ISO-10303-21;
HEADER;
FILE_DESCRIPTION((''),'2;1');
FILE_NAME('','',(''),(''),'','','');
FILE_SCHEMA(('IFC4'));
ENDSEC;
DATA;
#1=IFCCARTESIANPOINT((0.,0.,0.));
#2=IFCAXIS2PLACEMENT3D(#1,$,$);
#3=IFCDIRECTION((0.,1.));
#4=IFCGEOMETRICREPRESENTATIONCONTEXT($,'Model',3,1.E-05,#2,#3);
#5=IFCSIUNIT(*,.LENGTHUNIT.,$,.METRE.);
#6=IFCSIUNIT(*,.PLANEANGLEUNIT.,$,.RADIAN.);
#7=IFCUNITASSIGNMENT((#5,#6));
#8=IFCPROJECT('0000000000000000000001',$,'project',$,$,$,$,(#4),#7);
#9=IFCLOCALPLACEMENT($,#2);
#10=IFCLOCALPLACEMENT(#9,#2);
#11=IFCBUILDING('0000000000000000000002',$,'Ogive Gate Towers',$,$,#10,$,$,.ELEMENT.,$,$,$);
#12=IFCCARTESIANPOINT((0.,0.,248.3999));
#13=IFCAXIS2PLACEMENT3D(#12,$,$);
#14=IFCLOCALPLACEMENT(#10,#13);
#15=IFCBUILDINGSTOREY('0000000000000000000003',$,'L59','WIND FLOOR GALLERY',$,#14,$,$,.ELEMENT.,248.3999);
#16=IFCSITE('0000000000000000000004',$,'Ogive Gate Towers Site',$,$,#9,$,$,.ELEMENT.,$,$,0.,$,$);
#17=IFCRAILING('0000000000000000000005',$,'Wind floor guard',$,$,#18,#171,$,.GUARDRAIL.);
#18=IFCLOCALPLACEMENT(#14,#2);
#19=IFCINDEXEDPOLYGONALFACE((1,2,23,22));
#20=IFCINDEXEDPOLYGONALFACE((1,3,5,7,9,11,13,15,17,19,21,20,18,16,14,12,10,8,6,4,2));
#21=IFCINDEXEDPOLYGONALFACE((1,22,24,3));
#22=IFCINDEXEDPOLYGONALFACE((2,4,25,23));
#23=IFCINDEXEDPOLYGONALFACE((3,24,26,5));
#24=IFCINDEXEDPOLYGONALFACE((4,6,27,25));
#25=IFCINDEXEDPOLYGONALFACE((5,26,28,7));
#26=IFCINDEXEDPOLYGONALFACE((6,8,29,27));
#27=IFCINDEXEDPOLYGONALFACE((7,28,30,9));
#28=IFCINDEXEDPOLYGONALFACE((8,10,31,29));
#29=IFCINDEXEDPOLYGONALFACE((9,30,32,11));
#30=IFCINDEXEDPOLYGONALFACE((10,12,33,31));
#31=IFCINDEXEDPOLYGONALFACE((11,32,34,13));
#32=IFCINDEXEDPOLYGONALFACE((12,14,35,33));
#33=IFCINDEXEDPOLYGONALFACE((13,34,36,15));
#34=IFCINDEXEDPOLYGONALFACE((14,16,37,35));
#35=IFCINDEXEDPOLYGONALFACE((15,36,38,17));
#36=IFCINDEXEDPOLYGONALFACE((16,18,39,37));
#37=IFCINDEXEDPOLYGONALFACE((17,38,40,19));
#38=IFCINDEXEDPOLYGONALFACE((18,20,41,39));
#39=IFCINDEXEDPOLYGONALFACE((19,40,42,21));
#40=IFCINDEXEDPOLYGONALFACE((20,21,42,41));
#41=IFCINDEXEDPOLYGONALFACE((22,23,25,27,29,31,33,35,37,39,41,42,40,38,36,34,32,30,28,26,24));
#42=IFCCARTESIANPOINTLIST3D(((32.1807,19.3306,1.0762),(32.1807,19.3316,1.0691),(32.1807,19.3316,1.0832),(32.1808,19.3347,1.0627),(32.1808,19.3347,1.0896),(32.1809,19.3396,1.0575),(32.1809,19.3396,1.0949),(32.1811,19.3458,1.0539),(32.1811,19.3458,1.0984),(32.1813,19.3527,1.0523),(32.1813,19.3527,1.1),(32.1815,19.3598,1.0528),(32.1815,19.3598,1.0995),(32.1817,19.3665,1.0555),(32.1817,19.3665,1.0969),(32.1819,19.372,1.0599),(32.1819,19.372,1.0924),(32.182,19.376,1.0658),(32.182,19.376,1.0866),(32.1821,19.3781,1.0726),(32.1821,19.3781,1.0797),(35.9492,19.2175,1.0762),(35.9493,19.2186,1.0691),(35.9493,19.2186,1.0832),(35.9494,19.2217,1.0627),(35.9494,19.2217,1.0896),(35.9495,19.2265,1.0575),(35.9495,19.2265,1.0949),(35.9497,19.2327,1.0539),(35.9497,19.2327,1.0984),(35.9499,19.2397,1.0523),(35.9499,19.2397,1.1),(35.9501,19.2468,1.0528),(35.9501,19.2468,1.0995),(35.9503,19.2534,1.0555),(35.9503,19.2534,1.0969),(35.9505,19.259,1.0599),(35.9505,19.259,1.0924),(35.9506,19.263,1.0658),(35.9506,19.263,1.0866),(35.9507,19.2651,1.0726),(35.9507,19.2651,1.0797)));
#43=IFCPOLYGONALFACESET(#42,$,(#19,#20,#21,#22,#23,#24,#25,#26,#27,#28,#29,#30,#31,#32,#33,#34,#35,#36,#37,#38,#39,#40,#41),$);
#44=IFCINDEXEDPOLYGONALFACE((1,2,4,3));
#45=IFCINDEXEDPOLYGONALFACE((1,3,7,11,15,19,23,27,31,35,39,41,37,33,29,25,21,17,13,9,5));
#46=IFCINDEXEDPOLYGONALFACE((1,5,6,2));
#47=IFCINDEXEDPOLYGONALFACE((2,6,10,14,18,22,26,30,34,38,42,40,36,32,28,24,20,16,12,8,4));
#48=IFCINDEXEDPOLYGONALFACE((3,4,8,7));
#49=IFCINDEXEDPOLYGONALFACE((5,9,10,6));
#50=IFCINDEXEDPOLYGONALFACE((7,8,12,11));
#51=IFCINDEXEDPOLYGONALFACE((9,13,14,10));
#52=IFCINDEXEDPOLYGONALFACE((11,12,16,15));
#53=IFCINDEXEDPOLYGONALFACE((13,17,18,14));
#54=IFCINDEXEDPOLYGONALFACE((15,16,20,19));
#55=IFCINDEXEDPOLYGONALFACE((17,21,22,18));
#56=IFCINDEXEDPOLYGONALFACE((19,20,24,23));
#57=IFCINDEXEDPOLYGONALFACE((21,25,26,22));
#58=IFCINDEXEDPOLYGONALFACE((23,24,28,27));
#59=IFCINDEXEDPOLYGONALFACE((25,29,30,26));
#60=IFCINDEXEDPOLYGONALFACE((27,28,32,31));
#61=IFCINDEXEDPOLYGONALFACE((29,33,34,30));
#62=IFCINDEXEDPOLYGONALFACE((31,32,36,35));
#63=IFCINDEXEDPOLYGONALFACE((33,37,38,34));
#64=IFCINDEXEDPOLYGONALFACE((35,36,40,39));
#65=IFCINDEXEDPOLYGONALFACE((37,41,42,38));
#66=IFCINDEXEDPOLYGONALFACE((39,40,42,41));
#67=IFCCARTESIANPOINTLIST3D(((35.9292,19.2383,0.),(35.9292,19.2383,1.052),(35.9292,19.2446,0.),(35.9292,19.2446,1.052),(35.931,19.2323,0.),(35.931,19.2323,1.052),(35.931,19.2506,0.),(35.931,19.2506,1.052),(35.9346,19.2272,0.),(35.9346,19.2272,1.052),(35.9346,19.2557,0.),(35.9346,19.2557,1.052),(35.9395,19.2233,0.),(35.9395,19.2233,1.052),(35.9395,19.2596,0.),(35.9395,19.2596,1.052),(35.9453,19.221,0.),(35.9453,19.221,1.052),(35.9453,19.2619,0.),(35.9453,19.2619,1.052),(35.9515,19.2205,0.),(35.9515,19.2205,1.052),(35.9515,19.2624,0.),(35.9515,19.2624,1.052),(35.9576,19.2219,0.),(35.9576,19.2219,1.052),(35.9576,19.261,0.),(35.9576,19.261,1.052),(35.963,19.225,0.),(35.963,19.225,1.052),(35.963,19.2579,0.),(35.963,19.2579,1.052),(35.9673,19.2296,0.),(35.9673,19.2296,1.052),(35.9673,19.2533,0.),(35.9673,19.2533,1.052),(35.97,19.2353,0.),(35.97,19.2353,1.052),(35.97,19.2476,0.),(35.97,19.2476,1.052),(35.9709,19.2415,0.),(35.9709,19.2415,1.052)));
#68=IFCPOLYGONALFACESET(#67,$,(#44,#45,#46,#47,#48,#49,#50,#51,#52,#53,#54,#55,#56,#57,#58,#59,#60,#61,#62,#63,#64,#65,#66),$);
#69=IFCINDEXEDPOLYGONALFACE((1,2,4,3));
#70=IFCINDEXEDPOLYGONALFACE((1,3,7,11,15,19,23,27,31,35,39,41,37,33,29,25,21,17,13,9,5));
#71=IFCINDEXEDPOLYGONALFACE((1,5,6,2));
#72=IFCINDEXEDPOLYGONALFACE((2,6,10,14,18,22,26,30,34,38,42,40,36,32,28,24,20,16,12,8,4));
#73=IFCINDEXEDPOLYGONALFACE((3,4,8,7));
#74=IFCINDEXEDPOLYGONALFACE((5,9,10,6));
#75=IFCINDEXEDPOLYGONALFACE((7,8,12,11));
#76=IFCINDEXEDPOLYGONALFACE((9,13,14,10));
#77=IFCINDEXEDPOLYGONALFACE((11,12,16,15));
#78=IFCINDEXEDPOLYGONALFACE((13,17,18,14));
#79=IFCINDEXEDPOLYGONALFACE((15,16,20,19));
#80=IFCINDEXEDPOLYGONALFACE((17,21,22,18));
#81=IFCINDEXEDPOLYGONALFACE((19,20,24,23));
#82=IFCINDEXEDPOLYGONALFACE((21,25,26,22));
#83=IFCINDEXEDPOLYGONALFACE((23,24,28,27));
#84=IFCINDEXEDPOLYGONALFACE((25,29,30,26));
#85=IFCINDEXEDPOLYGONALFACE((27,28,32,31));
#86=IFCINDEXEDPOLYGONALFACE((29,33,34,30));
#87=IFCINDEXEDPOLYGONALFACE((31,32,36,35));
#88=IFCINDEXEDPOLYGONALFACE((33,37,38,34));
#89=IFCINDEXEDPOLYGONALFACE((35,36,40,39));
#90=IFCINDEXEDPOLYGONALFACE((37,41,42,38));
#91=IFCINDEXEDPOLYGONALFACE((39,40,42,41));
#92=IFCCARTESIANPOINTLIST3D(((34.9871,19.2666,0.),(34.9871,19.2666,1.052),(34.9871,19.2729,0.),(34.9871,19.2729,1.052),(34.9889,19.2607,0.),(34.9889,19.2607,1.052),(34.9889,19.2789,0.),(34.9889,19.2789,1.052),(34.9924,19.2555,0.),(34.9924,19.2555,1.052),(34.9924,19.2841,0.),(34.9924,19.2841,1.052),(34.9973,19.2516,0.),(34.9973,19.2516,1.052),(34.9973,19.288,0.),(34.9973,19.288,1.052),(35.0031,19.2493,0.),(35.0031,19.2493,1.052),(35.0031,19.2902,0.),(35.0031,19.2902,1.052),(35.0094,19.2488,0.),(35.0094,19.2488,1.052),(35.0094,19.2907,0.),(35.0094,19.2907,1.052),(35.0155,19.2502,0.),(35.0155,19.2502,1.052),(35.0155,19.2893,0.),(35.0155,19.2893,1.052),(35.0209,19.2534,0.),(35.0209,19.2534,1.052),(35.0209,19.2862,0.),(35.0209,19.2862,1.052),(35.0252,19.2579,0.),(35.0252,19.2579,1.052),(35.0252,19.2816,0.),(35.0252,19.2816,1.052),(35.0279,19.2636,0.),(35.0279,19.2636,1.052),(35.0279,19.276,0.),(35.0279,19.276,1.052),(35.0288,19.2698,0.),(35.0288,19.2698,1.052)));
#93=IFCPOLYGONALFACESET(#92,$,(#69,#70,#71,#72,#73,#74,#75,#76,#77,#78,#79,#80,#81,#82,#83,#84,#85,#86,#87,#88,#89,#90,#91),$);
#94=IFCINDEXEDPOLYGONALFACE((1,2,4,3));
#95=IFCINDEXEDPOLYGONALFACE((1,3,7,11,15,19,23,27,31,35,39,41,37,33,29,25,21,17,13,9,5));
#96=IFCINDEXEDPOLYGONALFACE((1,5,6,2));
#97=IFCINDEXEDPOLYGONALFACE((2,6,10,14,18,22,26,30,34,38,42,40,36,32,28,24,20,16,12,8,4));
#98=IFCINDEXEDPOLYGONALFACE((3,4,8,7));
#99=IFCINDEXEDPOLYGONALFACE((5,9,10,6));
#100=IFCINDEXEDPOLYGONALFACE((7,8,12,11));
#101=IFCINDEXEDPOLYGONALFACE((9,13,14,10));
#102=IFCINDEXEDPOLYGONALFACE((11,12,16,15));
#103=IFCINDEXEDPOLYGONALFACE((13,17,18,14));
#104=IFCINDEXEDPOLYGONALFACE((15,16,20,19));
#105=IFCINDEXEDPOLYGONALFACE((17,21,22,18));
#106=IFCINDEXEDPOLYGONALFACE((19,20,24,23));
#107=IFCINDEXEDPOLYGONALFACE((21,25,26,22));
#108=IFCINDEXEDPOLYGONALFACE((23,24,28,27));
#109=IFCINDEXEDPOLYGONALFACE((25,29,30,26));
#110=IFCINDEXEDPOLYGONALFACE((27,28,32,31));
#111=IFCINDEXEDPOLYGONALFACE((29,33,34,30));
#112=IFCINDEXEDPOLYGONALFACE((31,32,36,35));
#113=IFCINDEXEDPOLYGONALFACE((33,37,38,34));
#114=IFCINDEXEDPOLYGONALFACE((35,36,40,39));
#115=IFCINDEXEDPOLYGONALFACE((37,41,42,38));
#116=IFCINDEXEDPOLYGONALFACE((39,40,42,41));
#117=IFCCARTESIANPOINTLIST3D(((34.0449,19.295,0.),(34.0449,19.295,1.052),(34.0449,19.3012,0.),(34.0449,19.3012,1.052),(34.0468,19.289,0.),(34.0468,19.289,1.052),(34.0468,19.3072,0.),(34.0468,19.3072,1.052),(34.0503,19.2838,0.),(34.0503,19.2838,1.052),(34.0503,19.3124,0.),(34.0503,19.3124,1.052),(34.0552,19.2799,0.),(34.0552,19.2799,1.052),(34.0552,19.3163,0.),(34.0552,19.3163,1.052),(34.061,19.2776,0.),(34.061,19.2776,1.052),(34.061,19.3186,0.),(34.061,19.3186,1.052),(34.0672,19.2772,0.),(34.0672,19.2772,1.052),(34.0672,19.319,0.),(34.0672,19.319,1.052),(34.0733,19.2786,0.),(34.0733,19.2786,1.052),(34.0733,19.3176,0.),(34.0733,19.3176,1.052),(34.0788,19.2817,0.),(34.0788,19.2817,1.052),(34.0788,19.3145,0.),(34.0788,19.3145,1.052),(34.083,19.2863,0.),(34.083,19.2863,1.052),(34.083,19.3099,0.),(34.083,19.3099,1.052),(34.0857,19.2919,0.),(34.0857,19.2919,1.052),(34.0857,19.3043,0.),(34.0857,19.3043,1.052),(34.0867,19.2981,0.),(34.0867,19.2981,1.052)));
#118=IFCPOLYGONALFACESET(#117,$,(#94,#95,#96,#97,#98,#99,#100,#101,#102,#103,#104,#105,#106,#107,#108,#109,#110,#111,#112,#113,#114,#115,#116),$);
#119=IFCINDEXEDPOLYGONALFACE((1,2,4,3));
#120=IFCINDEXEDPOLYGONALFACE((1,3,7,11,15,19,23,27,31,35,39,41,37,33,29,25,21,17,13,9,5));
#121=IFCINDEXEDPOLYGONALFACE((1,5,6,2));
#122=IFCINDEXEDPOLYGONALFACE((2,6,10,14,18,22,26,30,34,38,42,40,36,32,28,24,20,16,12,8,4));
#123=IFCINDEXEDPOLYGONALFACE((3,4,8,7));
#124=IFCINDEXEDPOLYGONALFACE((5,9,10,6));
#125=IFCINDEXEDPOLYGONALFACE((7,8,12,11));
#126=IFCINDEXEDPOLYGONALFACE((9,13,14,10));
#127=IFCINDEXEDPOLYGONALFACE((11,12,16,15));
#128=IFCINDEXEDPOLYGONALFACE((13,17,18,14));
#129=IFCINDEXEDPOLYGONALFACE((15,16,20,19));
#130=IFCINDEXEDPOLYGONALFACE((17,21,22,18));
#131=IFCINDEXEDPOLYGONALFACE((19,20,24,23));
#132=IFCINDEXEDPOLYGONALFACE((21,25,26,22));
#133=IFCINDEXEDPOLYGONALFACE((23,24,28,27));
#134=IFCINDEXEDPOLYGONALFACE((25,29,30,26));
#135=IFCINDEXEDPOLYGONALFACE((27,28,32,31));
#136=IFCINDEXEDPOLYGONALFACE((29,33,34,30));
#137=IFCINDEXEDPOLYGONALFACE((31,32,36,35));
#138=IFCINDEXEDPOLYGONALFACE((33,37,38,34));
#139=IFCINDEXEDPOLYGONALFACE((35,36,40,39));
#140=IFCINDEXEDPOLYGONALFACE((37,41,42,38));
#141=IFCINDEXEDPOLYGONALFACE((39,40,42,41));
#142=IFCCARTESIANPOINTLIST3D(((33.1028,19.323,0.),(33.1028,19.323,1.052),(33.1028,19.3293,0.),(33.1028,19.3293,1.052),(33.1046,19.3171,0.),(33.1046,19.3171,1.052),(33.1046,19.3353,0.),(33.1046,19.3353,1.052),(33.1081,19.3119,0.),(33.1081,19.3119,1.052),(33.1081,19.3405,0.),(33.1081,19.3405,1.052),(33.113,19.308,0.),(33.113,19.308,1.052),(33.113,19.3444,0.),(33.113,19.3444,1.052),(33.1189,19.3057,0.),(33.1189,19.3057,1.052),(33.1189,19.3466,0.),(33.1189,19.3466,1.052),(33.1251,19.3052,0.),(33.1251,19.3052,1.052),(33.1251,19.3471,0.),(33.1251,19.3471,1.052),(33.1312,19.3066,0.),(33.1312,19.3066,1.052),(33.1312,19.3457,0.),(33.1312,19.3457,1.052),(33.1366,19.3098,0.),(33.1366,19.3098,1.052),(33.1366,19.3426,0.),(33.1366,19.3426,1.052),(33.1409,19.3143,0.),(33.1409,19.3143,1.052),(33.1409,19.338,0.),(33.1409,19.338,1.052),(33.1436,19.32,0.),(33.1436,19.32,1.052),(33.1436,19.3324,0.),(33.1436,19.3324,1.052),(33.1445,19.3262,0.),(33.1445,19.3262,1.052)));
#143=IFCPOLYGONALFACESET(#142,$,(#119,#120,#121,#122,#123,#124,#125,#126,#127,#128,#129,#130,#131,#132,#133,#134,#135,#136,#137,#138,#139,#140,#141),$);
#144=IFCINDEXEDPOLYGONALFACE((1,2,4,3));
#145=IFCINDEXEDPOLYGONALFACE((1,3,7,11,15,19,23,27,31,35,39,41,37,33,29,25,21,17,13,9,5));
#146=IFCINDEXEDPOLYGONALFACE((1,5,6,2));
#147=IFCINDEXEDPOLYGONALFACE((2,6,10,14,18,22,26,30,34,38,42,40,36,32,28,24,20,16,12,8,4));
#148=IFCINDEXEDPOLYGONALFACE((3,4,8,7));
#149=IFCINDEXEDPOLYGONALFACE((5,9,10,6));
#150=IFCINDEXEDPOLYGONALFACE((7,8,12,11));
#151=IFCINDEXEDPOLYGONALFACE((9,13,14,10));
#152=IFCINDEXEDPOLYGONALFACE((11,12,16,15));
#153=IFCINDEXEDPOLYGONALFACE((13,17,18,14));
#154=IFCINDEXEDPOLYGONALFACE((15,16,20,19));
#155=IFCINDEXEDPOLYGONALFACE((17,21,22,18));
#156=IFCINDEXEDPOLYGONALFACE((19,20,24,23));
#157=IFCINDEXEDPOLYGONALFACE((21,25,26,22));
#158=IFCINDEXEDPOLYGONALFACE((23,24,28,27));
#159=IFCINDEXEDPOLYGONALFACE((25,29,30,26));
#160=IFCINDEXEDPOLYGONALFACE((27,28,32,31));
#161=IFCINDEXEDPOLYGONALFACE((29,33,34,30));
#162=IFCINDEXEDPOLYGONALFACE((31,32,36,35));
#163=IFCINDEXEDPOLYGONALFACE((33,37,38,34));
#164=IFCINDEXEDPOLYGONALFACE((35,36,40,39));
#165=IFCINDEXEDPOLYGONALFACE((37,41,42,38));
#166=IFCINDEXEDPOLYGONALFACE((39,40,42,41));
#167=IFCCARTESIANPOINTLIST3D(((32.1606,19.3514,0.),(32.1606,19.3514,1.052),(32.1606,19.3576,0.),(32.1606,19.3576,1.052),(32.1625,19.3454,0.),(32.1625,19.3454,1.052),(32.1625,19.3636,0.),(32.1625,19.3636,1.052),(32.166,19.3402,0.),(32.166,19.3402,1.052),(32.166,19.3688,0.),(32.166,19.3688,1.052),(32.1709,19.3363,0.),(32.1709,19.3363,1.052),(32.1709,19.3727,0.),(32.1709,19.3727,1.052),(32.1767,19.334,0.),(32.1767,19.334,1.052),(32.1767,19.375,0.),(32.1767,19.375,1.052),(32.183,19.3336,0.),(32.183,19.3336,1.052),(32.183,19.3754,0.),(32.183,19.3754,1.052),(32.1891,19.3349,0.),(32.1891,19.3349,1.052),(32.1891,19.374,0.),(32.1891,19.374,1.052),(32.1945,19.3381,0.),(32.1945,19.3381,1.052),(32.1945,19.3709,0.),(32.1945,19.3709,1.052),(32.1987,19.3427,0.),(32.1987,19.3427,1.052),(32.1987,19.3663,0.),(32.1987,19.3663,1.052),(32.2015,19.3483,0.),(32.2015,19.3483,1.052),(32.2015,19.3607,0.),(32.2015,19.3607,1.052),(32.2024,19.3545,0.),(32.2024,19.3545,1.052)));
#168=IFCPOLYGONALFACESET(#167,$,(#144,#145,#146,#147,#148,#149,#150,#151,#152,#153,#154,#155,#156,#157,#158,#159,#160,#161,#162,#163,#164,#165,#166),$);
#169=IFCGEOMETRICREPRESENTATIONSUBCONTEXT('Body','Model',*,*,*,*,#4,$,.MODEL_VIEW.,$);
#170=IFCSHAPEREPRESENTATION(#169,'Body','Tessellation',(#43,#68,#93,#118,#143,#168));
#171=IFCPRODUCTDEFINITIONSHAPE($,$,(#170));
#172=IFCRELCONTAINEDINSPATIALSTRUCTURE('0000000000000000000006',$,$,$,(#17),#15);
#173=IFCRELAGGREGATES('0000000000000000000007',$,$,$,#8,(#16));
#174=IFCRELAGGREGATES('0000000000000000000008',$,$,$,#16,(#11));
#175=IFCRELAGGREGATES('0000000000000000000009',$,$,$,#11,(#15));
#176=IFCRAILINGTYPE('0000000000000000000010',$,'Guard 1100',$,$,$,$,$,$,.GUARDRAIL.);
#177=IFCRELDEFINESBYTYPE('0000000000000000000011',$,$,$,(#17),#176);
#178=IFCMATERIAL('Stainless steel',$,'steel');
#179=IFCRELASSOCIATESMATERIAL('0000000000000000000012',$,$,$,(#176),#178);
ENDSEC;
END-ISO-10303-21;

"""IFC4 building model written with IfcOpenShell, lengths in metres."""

from ifc_helpers import new_model, si_unit, direction, frame, origin, origin_2d, place, context, subcontext, project, spatial, circle, extrude, material, type_object, element, save


model = new_model("IFC4")

# Units and contexts
model_context = context("Model", 3, precision=1e-05, world=origin(), true_north=direction((0.0, 1.0)))
body_context = subcontext(model_context, "Body", "Model", "MODEL_VIEW")
ifc_project = project(units=[si_unit("LENGTHUNIT", "METRE"), si_unit("PLANEANGLEUNIT", "RADIAN")], contexts=[model_context])

# Site, building, storey
site_placement = place(None, origin())
site = spatial("IfcSite", under=ifc_project, at=site_placement, Name="Ogive Gate Towers Site", CompositionType="ELEMENT", RefElevation=0.0)
building_placement = place(site_placement, origin())
building = spatial("IfcBuilding", under=site, at=building_placement, Name="Ogive Gate Towers", CompositionType="ELEMENT")
storey_placement = place(building_placement, frame((0.0, 0.0, 248.3999)))
storey = spatial("IfcBuildingStorey", under=building, at=storey_placement, Name="L59", Description="WIND FLOOR GALLERY", CompositionType="ELEMENT", Elevation=248.3999)

# Railing
ifc_material_1 = material(Name="Stainless steel", Category="steel")
railing_type_1 = type_object("IfcRailingType", Name="Guard 1100", PredefinedType="GUARDRAIL", material=ifc_material_1)
railing_1_placement = place(storey_placement, frame((35.95, 19.2415, 0.0)))
element("IfcRailing", 1, at=railing_1_placement, inside=storey, type_object=railing_type_1, Name="Wind floor guard", PredefinedType="GUARDRAIL", context=body_context, shape_type="SweptSolid", body=[
    extrude(circle(Radius=0.0239, at=origin_2d()), frame((0.0, 0.0, 1.0762), z_axis=(-0.99955, 0.029981, 0.0), x_axis=(-0.029981, -0.99955, 0.0)), (0.0, 0.0, 1.0), 3.7703),
    extrude(circle(Radius=0.021, at=origin_2d()), origin(), (0.0, 0.0, 1.0), 1.052),
    extrude(circle(Radius=0.021, at=origin_2d()), frame((-0.9421, 0.0283, 0.0)), (0.0, 0.0, 1.0), 1.052),
    extrude(circle(Radius=0.021, at=origin_2d()), frame((-1.8843, 0.0566, 0.0)), (0.0, 0.0, 1.0), 1.052),
    extrude(circle(Radius=0.021, at=origin_2d()), frame((-2.8264, 0.0847, 0.0)), (0.0, 0.0, 1.0), 1.052),
    extrude(circle(Radius=0.021, at=origin_2d()), frame((-3.7686, 0.113, 0.0)), (0.0, 0.0, 1.0), 1.052),
])

save(model, "model.ifc")
